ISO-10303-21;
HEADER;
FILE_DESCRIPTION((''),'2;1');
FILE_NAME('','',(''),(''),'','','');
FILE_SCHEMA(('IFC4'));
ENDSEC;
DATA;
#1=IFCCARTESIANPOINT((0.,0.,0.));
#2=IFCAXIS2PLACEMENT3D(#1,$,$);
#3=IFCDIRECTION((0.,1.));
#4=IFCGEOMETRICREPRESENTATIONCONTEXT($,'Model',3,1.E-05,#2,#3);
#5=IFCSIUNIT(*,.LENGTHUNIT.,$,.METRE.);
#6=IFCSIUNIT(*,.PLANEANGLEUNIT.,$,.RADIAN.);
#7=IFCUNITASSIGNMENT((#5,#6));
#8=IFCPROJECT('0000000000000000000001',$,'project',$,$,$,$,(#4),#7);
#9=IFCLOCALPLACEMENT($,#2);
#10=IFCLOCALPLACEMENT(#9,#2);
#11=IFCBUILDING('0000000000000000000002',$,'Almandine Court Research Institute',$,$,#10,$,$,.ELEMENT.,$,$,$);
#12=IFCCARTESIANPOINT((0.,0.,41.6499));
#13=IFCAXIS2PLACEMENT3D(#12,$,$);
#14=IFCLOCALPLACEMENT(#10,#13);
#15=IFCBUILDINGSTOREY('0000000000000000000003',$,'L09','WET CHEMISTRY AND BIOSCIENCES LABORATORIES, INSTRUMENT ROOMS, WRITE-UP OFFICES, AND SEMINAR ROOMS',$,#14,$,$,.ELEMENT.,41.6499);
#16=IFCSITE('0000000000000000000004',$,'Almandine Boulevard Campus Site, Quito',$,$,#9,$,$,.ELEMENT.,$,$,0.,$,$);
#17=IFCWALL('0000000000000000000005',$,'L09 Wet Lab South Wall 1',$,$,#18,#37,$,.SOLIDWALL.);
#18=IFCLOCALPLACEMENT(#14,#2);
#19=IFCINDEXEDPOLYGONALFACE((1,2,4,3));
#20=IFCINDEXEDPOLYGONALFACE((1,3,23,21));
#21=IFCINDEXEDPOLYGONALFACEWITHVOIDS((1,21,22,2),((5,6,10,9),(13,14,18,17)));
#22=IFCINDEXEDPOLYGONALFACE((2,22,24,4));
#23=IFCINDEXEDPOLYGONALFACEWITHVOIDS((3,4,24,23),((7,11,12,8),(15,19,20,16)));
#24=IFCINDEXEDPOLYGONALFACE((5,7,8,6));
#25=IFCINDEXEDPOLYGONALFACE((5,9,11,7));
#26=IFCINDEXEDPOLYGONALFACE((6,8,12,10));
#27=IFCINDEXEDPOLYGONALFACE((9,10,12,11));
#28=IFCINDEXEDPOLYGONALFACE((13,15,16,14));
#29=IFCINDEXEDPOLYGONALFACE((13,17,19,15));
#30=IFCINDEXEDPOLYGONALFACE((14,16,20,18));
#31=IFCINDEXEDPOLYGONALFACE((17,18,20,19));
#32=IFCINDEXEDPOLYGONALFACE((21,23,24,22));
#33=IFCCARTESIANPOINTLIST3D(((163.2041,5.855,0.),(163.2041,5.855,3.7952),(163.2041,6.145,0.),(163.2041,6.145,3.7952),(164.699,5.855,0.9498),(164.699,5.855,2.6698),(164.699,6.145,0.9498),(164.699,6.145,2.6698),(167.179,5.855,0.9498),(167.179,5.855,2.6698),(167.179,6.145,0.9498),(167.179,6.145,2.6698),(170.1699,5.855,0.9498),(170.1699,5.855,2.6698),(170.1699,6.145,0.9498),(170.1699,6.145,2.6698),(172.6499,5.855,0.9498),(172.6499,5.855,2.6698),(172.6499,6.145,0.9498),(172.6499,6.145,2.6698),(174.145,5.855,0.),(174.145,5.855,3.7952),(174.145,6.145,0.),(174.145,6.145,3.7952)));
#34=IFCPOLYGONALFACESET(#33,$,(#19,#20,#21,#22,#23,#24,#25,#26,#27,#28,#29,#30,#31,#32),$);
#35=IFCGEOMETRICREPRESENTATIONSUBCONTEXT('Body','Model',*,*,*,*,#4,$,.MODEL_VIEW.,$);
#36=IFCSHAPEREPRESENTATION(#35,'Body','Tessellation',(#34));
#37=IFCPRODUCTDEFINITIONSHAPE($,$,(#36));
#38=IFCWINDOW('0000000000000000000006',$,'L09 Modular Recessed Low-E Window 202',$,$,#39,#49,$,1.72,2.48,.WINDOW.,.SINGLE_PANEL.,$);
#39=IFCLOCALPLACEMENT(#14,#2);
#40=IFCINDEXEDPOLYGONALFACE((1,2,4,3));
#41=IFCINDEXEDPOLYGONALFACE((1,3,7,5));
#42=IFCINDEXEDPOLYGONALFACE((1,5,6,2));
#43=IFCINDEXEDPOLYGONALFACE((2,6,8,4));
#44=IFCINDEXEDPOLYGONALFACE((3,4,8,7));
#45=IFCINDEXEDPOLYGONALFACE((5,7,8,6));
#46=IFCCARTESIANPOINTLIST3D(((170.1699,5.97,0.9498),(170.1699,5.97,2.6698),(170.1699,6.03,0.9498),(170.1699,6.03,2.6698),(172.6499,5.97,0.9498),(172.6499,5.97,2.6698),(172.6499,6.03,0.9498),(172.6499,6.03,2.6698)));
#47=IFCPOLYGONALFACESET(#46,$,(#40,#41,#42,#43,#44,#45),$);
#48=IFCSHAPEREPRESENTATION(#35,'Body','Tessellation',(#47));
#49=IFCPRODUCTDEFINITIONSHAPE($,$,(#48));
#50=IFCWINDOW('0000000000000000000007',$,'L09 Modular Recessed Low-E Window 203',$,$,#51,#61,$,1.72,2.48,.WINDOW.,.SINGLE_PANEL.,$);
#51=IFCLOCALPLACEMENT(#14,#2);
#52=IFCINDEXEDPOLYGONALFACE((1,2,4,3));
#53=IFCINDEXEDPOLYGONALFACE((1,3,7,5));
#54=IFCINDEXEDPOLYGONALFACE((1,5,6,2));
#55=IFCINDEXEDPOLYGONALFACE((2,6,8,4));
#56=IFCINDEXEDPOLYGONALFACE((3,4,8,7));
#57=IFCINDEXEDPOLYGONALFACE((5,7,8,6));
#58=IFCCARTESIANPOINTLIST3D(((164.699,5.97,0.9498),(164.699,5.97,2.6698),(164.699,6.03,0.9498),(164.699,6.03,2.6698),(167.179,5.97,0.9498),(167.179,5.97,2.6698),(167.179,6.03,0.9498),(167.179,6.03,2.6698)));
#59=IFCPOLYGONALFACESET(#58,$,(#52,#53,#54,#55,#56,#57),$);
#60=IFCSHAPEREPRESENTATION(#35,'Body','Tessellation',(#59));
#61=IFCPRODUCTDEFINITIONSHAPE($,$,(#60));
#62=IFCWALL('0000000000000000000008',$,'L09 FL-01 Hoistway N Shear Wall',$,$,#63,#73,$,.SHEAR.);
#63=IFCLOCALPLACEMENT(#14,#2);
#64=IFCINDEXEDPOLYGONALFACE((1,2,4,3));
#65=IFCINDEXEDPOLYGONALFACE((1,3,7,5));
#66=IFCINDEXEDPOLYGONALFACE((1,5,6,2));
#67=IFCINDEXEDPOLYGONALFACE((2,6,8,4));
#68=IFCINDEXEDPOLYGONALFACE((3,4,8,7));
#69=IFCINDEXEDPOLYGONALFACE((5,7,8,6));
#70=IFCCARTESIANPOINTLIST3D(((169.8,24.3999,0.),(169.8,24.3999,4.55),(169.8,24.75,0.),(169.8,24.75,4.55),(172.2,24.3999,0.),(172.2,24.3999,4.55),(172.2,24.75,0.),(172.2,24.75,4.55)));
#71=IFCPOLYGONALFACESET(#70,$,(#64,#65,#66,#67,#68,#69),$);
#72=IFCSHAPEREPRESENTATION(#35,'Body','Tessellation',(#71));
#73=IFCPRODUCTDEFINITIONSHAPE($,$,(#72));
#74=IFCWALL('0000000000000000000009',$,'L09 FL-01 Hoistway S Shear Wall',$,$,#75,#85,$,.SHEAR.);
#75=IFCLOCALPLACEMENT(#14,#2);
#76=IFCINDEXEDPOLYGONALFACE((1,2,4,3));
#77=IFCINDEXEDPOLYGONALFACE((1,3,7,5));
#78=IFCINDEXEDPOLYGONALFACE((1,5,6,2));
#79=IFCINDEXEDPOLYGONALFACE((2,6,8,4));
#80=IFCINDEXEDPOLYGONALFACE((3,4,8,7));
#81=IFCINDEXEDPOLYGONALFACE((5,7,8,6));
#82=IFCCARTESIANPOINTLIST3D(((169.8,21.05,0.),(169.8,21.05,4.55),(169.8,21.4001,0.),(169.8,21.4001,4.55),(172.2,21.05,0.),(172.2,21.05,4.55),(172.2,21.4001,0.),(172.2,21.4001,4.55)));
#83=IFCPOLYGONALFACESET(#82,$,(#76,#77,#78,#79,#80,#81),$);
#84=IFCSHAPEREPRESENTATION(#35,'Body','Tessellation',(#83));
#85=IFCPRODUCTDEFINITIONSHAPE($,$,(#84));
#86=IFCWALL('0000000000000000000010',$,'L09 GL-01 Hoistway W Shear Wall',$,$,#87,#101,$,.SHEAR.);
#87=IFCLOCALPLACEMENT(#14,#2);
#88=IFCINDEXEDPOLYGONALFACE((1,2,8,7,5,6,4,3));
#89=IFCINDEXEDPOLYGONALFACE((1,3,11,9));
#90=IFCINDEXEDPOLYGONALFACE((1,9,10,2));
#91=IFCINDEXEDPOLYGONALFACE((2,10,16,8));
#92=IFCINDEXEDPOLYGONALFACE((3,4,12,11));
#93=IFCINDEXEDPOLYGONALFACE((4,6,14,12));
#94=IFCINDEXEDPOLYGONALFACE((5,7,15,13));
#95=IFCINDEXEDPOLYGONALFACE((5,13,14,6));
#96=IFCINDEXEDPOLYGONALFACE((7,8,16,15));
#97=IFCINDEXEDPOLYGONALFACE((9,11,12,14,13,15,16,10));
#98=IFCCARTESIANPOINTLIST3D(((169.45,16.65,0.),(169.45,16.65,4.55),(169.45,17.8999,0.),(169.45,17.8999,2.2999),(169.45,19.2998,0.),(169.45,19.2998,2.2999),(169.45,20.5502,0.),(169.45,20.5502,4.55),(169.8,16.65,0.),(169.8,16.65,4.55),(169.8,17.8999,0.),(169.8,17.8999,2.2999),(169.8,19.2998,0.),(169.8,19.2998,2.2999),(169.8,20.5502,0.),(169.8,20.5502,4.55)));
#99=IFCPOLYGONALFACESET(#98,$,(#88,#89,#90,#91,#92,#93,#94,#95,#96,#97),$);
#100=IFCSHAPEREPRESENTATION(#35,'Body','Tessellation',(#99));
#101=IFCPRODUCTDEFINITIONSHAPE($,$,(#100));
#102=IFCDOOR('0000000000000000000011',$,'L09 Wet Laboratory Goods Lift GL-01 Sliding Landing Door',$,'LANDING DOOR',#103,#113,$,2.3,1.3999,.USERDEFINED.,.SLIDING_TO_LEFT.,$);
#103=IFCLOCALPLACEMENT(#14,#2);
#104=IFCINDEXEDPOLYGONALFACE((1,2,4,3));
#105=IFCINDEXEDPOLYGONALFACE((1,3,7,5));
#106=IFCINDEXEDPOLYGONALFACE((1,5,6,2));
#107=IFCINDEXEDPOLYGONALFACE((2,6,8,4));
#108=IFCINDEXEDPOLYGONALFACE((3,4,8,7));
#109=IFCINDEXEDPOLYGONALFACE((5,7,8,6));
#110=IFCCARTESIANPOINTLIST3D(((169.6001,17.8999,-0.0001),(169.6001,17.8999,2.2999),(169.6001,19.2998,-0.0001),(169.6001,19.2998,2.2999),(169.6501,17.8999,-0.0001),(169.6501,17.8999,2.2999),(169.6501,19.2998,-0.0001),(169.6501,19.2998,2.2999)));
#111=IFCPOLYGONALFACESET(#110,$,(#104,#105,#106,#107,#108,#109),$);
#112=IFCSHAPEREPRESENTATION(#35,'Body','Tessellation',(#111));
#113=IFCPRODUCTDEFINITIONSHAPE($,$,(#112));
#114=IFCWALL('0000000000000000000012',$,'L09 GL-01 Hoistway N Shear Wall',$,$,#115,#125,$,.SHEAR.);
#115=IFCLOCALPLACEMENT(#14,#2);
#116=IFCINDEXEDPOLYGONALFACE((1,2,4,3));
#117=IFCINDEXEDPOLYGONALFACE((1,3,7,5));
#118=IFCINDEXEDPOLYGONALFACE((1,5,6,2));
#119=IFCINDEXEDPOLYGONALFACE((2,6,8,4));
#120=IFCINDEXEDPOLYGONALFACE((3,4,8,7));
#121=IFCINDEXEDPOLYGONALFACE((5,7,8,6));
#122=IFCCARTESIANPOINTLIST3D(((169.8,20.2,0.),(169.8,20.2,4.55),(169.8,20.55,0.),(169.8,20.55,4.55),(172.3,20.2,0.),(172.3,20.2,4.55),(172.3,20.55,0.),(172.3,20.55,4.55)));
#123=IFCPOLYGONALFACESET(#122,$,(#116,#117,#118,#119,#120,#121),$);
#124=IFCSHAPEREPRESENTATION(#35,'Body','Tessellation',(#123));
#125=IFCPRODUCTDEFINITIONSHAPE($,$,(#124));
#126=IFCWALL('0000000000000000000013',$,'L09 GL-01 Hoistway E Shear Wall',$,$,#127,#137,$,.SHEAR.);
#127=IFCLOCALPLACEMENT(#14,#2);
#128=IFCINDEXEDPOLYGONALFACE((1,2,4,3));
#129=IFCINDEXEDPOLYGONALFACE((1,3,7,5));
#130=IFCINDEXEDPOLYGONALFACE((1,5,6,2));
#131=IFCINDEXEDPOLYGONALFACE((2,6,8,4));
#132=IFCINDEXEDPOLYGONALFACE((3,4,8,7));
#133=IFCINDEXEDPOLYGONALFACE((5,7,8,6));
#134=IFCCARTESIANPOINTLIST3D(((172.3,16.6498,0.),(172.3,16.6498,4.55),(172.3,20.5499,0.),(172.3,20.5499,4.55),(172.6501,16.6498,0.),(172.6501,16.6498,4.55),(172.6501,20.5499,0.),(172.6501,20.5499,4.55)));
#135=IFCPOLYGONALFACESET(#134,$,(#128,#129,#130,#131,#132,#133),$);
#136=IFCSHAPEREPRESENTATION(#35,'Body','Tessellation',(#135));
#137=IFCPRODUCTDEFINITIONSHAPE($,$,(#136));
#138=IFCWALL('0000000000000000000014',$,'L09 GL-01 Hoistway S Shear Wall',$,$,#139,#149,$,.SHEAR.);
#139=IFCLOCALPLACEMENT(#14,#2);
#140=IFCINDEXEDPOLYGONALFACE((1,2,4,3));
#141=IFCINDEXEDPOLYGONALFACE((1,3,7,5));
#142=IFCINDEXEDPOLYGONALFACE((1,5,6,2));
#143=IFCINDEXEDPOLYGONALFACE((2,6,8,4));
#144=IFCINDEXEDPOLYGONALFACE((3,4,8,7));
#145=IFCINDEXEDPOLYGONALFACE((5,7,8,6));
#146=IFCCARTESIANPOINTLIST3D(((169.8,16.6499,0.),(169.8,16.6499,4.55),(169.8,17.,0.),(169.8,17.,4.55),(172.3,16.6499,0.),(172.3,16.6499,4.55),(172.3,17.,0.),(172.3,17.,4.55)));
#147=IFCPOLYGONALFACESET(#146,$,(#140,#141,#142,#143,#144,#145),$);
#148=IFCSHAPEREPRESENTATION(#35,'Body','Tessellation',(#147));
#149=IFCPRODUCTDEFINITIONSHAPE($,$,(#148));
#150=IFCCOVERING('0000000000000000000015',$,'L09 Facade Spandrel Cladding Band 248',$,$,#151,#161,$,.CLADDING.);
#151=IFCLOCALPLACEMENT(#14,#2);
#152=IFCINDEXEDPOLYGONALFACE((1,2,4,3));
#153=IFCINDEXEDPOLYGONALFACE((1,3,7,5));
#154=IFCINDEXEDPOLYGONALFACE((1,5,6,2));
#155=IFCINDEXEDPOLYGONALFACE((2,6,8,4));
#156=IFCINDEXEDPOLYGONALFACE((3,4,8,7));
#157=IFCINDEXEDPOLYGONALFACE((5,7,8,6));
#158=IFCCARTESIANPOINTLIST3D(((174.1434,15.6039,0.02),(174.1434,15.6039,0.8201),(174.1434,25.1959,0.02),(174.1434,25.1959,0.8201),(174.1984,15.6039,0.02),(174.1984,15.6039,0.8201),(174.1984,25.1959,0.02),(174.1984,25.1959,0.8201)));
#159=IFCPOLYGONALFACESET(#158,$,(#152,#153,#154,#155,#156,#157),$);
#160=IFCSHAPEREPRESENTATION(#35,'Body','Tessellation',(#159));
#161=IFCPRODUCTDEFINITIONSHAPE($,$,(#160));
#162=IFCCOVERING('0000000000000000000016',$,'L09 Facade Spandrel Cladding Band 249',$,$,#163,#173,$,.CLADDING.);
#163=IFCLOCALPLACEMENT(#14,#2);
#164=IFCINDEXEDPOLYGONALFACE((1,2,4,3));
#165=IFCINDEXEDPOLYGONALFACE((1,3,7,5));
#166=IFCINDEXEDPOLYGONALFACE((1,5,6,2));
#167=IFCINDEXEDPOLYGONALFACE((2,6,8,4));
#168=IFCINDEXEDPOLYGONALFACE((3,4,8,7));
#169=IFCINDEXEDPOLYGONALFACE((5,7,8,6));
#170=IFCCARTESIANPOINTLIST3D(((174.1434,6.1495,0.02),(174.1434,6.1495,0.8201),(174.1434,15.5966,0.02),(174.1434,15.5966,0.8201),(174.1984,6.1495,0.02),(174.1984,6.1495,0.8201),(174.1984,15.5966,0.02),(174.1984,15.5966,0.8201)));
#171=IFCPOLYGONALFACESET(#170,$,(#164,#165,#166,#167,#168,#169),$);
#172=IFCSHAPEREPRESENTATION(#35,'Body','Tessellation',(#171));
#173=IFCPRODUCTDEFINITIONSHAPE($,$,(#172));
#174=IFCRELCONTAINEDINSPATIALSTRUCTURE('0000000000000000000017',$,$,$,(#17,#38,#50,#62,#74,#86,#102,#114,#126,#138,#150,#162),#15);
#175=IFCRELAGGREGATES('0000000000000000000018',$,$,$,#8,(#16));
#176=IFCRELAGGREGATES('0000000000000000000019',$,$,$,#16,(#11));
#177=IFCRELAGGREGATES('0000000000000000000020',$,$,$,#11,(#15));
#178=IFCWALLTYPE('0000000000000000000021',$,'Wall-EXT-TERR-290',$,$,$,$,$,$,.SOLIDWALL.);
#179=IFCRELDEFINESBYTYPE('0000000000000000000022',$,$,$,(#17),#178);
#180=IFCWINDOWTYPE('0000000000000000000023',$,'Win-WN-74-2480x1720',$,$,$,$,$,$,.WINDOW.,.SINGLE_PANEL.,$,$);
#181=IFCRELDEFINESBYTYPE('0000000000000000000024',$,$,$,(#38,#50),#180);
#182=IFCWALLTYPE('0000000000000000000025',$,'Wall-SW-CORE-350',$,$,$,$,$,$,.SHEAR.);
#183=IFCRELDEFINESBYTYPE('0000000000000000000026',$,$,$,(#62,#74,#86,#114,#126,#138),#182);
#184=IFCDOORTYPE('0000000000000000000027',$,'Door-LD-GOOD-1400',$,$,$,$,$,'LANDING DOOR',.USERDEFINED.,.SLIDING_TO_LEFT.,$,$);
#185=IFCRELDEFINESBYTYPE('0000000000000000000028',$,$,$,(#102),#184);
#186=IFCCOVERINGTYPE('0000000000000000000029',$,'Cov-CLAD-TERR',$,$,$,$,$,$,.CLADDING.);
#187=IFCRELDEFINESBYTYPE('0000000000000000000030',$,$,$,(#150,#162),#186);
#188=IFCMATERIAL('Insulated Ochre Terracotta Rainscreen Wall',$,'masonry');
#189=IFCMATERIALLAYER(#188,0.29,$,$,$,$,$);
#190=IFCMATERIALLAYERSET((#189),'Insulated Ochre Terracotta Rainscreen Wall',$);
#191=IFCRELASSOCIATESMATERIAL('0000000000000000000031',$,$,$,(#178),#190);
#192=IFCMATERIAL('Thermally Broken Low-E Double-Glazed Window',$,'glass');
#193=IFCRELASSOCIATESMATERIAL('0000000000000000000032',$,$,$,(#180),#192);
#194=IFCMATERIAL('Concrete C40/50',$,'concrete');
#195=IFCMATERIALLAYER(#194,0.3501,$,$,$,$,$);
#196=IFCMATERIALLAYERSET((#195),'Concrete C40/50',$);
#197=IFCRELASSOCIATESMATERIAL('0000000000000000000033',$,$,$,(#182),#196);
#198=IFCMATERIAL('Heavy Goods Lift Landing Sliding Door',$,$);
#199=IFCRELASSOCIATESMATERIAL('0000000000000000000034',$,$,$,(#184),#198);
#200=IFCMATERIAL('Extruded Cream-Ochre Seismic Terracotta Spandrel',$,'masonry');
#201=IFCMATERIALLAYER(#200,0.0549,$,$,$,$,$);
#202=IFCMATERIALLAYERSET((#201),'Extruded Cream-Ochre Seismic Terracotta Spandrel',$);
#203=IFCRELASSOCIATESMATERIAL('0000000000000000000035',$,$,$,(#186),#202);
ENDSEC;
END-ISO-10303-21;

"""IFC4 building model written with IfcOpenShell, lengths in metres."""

from ifc_helpers import new_model, si_unit, direction, frame, frame_2d, origin, origin_2d, place, context, subcontext, project, spatial, rectangle, extrude, material, layer, layer_set, type_object, element, fill, save


model = new_model("IFC4")

# Units and contexts
model_context = context("Model", 3, precision=1e-05, world=origin(), true_north=direction((0.0, 1.0)))
body_context = subcontext(model_context, "Body", "Model", "MODEL_VIEW")
ifc_project = project(units=[si_unit("LENGTHUNIT", "METRE"), si_unit("PLANEANGLEUNIT", "RADIAN")], contexts=[model_context])

# Site, building, storey
site_placement = place(None, origin())
site = spatial("IfcSite", under=ifc_project, at=site_placement, Name="Almandine Boulevard Campus Site, Quito", CompositionType="ELEMENT", RefElevation=0.0)
building_placement = place(site_placement, origin())
building = spatial("IfcBuilding", under=site, at=building_placement, Name="Almandine Court Research Institute", CompositionType="ELEMENT")
storey_placement = place(building_placement, frame((0.0, 0.0, 41.6499)))
storey = spatial("IfcBuildingStorey", under=building, at=storey_placement, Name="L09", Description="WET CHEMISTRY AND BIOSCIENCES LABORATORIES, INSTRUMENT ROOMS, WRITE-UP OFFICES, AND SEMINAR ROOMS", CompositionType="ELEMENT", Elevation=41.6499)

# Shared definitions
ifc_material_1 = material(Name="Insulated Ochre Terracotta Rainscreen Wall", Category="masonry")
ifc_layer_1 = layer(ifc_material_1, 0.29)
ifc_layer_set_1 = layer_set([ifc_layer_1], Name="Insulated Ochre Terracotta Rainscreen Wall")
wall_type_1 = type_object("IfcWallType", Name="Wall-EXT-TERR-290", PredefinedType="SOLIDWALL", material=ifc_layer_set_1)
ifc_material_2 = material(Name="Thermally Broken Low-E Double-Glazed Window", Category="glass")

# Wall, openings, windows
wall_1_placement = place(storey_placement, frame((174.145, 6.0, 0.0), z_axis=(0.0, 0.0, 1.0), x_axis=(-1.0, 0.0, 0.0)))
wall_1 = element("IfcWall", 1, at=wall_1_placement, inside=storey, type_object=wall_type_1, Name="L09 Wet Lab South Wall 1", PredefinedType="SOLIDWALL", context=body_context, shape_type="SweptSolid", body=[
    extrude(rectangle(XDim=10.9409, YDim=0.29, at=frame_2d((5.4705, 0.0))), origin(), (0.0, 0.0, 1.0), 3.7952),
])
opening_1_placement = place(wall_1_placement, frame((1.4951, 0.0, 0.95)))
opening_1 = element("IfcOpeningElement", 2, at=opening_1_placement, cuts=wall_1, PredefinedType="OPENING", context=body_context, shape_type="SweptSolid", body=[
    extrude(rectangle(XDim=2.48, YDim=1.72, at=frame_2d((1.24, 0.8599))), frame((0.0, 0.155, 0.0), z_axis=(0.0, -1.0, 0.0), x_axis=(1.0, 0.0, 0.0)), (0.0, 0.0, 1.0), 0.3101),
])
opening_2_placement = place(wall_1_placement, frame((6.9661, 0.0, 0.95)))
opening_2 = element("IfcOpeningElement", 3, at=opening_2_placement, cuts=wall_1, PredefinedType="OPENING", context=body_context, shape_type="SweptSolid", body=[
    extrude(rectangle(XDim=2.48, YDim=1.72, at=frame_2d((1.24, 0.8599))), frame((0.0, 0.155, 0.0), z_axis=(0.0, -1.0, 0.0), x_axis=(1.0, 0.0, 0.0)), (0.0, 0.0, 1.0), 0.3101),
])
window_type_1 = type_object("IfcWindowType", Name="Win-WN-74-2480x1720", PartitioningType="SINGLE_PANEL", PredefinedType="WINDOW", material=ifc_material_2)
window_1_placement = place(opening_1_placement, origin())
window_1 = element("IfcWindow", 4, at=window_1_placement, inside=storey, type_object=window_type_1, Name="L09 Modular Recessed Low-E Window 202", OverallHeight=1.72, OverallWidth=2.48, PartitioningType="SINGLE_PANEL", PredefinedType="WINDOW", context=body_context, shape_type="SweptSolid", body=[
    extrude(rectangle(XDim=2.48, YDim=1.72, at=frame_2d((1.24, 0.8599))), frame((0.0, 0.03, 0.0), z_axis=(0.0, -1.0, 0.0), x_axis=(1.0, 0.0, 0.0)), (0.0, 0.0, 1.0), 0.0601),
])
fill(opening_1, window_1)
window_2_placement = place(opening_2_placement, origin())
window_2 = element("IfcWindow", 5, at=window_2_placement, inside=storey, type_object=window_type_1, Name="L09 Modular Recessed Low-E Window 203", OverallHeight=1.72, OverallWidth=2.48, PartitioningType="SINGLE_PANEL", PredefinedType="WINDOW", context=body_context, shape_type="SweptSolid", body=[
    extrude(rectangle(XDim=2.48, YDim=1.72, at=frame_2d((1.24, 0.8599))), frame((0.0, 0.03, 0.0), z_axis=(0.0, -1.0, 0.0), x_axis=(1.0, 0.0, 0.0)), (0.0, 0.0, 1.0), 0.0601),
])
fill(opening_2, window_2)

# Shared definitions
ifc_material_3 = material(Name="Concrete C40/50", Category="concrete")
ifc_layer_2 = layer(ifc_material_3, 0.3501)
ifc_layer_set_2 = layer_set([ifc_layer_2], Name="Concrete C40/50")
wall_type_2 = type_object("IfcWallType", Name="Wall-SW-CORE-350", PredefinedType="SHEAR", material=ifc_layer_set_2)

# Walls
for number, where, z_axis, x_axis, name in (
    (6, (169.8, 24.575, 0.0), (0.0, 0.0, 1.0), (1.0, 0.0, 0.0), "L09 FL-01 Hoistway N Shear Wall"),
    (7, (172.2, 21.2251, 0.0), (0.0, 0.0, 1.0), (-1.0, 0.0, 0.0), "L09 FL-01 Hoistway S Shear Wall"),
):
    element("IfcWall", number, at=place(storey_placement, frame(where, z_axis=z_axis, x_axis=x_axis)), inside=storey, type_object=wall_type_2, Name=name, PredefinedType="SHEAR", context=body_context, shape_type="SweptSolid", body=[
        extrude(rectangle(XDim=2.3999, YDim=0.3501, at=frame_2d((1.2, 0.0))), origin(), (0.0, 0.0, 1.0), 4.55),
    ])

# Wall, opening, door
wall_2_placement = place(storey_placement, frame((169.625, 16.6499, 0.0), z_axis=(0.0, 0.0, 1.0), x_axis=(0.0, 1.0, 0.0)))
wall_2 = element("IfcWall", 8, at=wall_2_placement, inside=storey, type_object=wall_type_2, Name="L09 GL-01 Hoistway W Shear Wall", PredefinedType="SHEAR", context=body_context, shape_type="SweptSolid", body=[
    extrude(rectangle(XDim=3.9001, YDim=0.3501, at=frame_2d((1.9502, 0.0))), origin(), (0.0, 0.0, 1.0), 4.55),
])
opening_3_placement = place(wall_2_placement, frame((1.25, 0.0, 0.0)))
opening_3 = element("IfcOpeningElement", 9, at=opening_3_placement, cuts=wall_2, PredefinedType="OPENING", context=body_context, shape_type="SweptSolid", body=[
    extrude(rectangle(XDim=1.3999, YDim=2.3, at=frame_2d((0.7, 1.1499))), frame((0.0, 0.1851, 0.0), z_axis=(0.0, -1.0, 0.0), x_axis=(1.0, 0.0, 0.0)), (0.0, 0.0, 1.0), 0.3701),
])
ifc_material_4 = material(Name="Heavy Goods Lift Landing Sliding Door")
door_type_1 = type_object("IfcDoorType", Name="Door-LD-GOOD-1400", ElementType="LANDING DOOR", OperationType="SLIDING_TO_LEFT", PredefinedType="USERDEFINED", material=ifc_material_4)
door_1_placement = place(opening_3_placement, origin())
door_1 = element("IfcDoor", 10, at=door_1_placement, inside=storey, type_object=door_type_1, Name="L09 Wet Laboratory Goods Lift GL-01 Sliding Landing Door", ObjectType="LANDING DOOR", OperationType="SLIDING_TO_LEFT", OverallHeight=2.3, OverallWidth=1.3999, PredefinedType="USERDEFINED", context=body_context, shape_type="SweptSolid", body=[
    extrude(rectangle(XDim=1.3999, YDim=2.3, at=frame_2d((0.7, 1.1499))), frame((0.0, 0.0249, 0.0), z_axis=(0.0, -1.0, 0.0), x_axis=(1.0, 0.0, 0.0)), (0.0, 0.0, 1.0), 0.05),
])
fill(opening_3, door_1)

# Walls
wall_3_placement = place(storey_placement, frame((169.8, 20.375, 0.0), z_axis=(0.0, 0.0, 1.0), x_axis=(1.0, 0.0, 0.0)))
element("IfcWall", 11, at=wall_3_placement, inside=storey, type_object=wall_type_2, Name="L09 GL-01 Hoistway N Shear Wall", PredefinedType="SHEAR", context=body_context, shape_type="SweptSolid", body=[
    extrude(rectangle(XDim=2.5, YDim=0.3501, at=frame_2d((1.25, 0.0))), origin(), (0.0, 0.0, 1.0), 4.55),
])
wall_4_placement = place(storey_placement, frame((172.4751, 20.55, 0.0), z_axis=(0.0, 0.0, 1.0), x_axis=(0.0, -1.0, 0.0)))
element("IfcWall", 12, at=wall_4_placement, inside=storey, type_object=wall_type_2, Name="L09 GL-01 Hoistway E Shear Wall", PredefinedType="SHEAR", context=body_context, shape_type="SweptSolid", body=[
    extrude(rectangle(XDim=3.9001, YDim=0.3501, at=frame_2d((1.9502, 0.0))), origin(), (0.0, 0.0, 1.0), 4.55),
])
wall_5_placement = place(storey_placement, frame((172.3, 16.825, 0.0), z_axis=(0.0, 0.0, 1.0), x_axis=(-1.0, 0.0, 0.0)))
element("IfcWall", 13, at=wall_5_placement, inside=storey, type_object=wall_type_2, Name="L09 GL-01 Hoistway S Shear Wall", PredefinedType="SHEAR", context=body_context, shape_type="SweptSolid", body=[
    extrude(rectangle(XDim=2.5, YDim=0.3501, at=frame_2d((1.25, 0.0))), origin(), (0.0, 0.0, 1.0), 4.55),
])

# Coverings
ifc_material_5 = material(Name="Extruded Cream-Ochre Seismic Terracotta Spandrel", Category="masonry")
ifc_layer_3 = layer(ifc_material_5, 0.0549)
ifc_layer_set_3 = layer_set([ifc_layer_3], Name="Extruded Cream-Ochre Seismic Terracotta Spandrel")
covering_type = type_object("IfcCoveringType", Name="Cov-CLAD-TERR", PredefinedType="CLADDING", material=ifc_layer_set_3)
covering_1_placement = place(storey_placement, frame((174.1709, 20.3999, 0.02), z_axis=(0.0, 0.0, 1.0), x_axis=(0.0, -1.0, 0.0)))
element("IfcCovering", 14, at=covering_1_placement, inside=storey, type_object=covering_type, Name="L09 Facade Spandrel Cladding Band 248", PredefinedType="CLADDING", context=body_context, shape_type="SweptSolid", body=[
    extrude(rectangle(XDim=9.592, YDim=0.0549, at=origin_2d()), origin(), (0.0, 0.0, 1.0), 0.8),
])
covering_2_placement = place(storey_placement, frame((174.1709, 10.873, 0.02), z_axis=(0.0, 0.0, 1.0), x_axis=(0.0, -1.0, 0.0)))
element("IfcCovering", 15, at=covering_2_placement, inside=storey, type_object=covering_type, Name="L09 Facade Spandrel Cladding Band 249", PredefinedType="CLADDING", context=body_context, shape_type="SweptSolid", body=[
    extrude(rectangle(XDim=9.447, YDim=0.0549, at=origin_2d()), origin(), (0.0, 0.0, 1.0), 0.8),
])

save(model, "model.ifc")
